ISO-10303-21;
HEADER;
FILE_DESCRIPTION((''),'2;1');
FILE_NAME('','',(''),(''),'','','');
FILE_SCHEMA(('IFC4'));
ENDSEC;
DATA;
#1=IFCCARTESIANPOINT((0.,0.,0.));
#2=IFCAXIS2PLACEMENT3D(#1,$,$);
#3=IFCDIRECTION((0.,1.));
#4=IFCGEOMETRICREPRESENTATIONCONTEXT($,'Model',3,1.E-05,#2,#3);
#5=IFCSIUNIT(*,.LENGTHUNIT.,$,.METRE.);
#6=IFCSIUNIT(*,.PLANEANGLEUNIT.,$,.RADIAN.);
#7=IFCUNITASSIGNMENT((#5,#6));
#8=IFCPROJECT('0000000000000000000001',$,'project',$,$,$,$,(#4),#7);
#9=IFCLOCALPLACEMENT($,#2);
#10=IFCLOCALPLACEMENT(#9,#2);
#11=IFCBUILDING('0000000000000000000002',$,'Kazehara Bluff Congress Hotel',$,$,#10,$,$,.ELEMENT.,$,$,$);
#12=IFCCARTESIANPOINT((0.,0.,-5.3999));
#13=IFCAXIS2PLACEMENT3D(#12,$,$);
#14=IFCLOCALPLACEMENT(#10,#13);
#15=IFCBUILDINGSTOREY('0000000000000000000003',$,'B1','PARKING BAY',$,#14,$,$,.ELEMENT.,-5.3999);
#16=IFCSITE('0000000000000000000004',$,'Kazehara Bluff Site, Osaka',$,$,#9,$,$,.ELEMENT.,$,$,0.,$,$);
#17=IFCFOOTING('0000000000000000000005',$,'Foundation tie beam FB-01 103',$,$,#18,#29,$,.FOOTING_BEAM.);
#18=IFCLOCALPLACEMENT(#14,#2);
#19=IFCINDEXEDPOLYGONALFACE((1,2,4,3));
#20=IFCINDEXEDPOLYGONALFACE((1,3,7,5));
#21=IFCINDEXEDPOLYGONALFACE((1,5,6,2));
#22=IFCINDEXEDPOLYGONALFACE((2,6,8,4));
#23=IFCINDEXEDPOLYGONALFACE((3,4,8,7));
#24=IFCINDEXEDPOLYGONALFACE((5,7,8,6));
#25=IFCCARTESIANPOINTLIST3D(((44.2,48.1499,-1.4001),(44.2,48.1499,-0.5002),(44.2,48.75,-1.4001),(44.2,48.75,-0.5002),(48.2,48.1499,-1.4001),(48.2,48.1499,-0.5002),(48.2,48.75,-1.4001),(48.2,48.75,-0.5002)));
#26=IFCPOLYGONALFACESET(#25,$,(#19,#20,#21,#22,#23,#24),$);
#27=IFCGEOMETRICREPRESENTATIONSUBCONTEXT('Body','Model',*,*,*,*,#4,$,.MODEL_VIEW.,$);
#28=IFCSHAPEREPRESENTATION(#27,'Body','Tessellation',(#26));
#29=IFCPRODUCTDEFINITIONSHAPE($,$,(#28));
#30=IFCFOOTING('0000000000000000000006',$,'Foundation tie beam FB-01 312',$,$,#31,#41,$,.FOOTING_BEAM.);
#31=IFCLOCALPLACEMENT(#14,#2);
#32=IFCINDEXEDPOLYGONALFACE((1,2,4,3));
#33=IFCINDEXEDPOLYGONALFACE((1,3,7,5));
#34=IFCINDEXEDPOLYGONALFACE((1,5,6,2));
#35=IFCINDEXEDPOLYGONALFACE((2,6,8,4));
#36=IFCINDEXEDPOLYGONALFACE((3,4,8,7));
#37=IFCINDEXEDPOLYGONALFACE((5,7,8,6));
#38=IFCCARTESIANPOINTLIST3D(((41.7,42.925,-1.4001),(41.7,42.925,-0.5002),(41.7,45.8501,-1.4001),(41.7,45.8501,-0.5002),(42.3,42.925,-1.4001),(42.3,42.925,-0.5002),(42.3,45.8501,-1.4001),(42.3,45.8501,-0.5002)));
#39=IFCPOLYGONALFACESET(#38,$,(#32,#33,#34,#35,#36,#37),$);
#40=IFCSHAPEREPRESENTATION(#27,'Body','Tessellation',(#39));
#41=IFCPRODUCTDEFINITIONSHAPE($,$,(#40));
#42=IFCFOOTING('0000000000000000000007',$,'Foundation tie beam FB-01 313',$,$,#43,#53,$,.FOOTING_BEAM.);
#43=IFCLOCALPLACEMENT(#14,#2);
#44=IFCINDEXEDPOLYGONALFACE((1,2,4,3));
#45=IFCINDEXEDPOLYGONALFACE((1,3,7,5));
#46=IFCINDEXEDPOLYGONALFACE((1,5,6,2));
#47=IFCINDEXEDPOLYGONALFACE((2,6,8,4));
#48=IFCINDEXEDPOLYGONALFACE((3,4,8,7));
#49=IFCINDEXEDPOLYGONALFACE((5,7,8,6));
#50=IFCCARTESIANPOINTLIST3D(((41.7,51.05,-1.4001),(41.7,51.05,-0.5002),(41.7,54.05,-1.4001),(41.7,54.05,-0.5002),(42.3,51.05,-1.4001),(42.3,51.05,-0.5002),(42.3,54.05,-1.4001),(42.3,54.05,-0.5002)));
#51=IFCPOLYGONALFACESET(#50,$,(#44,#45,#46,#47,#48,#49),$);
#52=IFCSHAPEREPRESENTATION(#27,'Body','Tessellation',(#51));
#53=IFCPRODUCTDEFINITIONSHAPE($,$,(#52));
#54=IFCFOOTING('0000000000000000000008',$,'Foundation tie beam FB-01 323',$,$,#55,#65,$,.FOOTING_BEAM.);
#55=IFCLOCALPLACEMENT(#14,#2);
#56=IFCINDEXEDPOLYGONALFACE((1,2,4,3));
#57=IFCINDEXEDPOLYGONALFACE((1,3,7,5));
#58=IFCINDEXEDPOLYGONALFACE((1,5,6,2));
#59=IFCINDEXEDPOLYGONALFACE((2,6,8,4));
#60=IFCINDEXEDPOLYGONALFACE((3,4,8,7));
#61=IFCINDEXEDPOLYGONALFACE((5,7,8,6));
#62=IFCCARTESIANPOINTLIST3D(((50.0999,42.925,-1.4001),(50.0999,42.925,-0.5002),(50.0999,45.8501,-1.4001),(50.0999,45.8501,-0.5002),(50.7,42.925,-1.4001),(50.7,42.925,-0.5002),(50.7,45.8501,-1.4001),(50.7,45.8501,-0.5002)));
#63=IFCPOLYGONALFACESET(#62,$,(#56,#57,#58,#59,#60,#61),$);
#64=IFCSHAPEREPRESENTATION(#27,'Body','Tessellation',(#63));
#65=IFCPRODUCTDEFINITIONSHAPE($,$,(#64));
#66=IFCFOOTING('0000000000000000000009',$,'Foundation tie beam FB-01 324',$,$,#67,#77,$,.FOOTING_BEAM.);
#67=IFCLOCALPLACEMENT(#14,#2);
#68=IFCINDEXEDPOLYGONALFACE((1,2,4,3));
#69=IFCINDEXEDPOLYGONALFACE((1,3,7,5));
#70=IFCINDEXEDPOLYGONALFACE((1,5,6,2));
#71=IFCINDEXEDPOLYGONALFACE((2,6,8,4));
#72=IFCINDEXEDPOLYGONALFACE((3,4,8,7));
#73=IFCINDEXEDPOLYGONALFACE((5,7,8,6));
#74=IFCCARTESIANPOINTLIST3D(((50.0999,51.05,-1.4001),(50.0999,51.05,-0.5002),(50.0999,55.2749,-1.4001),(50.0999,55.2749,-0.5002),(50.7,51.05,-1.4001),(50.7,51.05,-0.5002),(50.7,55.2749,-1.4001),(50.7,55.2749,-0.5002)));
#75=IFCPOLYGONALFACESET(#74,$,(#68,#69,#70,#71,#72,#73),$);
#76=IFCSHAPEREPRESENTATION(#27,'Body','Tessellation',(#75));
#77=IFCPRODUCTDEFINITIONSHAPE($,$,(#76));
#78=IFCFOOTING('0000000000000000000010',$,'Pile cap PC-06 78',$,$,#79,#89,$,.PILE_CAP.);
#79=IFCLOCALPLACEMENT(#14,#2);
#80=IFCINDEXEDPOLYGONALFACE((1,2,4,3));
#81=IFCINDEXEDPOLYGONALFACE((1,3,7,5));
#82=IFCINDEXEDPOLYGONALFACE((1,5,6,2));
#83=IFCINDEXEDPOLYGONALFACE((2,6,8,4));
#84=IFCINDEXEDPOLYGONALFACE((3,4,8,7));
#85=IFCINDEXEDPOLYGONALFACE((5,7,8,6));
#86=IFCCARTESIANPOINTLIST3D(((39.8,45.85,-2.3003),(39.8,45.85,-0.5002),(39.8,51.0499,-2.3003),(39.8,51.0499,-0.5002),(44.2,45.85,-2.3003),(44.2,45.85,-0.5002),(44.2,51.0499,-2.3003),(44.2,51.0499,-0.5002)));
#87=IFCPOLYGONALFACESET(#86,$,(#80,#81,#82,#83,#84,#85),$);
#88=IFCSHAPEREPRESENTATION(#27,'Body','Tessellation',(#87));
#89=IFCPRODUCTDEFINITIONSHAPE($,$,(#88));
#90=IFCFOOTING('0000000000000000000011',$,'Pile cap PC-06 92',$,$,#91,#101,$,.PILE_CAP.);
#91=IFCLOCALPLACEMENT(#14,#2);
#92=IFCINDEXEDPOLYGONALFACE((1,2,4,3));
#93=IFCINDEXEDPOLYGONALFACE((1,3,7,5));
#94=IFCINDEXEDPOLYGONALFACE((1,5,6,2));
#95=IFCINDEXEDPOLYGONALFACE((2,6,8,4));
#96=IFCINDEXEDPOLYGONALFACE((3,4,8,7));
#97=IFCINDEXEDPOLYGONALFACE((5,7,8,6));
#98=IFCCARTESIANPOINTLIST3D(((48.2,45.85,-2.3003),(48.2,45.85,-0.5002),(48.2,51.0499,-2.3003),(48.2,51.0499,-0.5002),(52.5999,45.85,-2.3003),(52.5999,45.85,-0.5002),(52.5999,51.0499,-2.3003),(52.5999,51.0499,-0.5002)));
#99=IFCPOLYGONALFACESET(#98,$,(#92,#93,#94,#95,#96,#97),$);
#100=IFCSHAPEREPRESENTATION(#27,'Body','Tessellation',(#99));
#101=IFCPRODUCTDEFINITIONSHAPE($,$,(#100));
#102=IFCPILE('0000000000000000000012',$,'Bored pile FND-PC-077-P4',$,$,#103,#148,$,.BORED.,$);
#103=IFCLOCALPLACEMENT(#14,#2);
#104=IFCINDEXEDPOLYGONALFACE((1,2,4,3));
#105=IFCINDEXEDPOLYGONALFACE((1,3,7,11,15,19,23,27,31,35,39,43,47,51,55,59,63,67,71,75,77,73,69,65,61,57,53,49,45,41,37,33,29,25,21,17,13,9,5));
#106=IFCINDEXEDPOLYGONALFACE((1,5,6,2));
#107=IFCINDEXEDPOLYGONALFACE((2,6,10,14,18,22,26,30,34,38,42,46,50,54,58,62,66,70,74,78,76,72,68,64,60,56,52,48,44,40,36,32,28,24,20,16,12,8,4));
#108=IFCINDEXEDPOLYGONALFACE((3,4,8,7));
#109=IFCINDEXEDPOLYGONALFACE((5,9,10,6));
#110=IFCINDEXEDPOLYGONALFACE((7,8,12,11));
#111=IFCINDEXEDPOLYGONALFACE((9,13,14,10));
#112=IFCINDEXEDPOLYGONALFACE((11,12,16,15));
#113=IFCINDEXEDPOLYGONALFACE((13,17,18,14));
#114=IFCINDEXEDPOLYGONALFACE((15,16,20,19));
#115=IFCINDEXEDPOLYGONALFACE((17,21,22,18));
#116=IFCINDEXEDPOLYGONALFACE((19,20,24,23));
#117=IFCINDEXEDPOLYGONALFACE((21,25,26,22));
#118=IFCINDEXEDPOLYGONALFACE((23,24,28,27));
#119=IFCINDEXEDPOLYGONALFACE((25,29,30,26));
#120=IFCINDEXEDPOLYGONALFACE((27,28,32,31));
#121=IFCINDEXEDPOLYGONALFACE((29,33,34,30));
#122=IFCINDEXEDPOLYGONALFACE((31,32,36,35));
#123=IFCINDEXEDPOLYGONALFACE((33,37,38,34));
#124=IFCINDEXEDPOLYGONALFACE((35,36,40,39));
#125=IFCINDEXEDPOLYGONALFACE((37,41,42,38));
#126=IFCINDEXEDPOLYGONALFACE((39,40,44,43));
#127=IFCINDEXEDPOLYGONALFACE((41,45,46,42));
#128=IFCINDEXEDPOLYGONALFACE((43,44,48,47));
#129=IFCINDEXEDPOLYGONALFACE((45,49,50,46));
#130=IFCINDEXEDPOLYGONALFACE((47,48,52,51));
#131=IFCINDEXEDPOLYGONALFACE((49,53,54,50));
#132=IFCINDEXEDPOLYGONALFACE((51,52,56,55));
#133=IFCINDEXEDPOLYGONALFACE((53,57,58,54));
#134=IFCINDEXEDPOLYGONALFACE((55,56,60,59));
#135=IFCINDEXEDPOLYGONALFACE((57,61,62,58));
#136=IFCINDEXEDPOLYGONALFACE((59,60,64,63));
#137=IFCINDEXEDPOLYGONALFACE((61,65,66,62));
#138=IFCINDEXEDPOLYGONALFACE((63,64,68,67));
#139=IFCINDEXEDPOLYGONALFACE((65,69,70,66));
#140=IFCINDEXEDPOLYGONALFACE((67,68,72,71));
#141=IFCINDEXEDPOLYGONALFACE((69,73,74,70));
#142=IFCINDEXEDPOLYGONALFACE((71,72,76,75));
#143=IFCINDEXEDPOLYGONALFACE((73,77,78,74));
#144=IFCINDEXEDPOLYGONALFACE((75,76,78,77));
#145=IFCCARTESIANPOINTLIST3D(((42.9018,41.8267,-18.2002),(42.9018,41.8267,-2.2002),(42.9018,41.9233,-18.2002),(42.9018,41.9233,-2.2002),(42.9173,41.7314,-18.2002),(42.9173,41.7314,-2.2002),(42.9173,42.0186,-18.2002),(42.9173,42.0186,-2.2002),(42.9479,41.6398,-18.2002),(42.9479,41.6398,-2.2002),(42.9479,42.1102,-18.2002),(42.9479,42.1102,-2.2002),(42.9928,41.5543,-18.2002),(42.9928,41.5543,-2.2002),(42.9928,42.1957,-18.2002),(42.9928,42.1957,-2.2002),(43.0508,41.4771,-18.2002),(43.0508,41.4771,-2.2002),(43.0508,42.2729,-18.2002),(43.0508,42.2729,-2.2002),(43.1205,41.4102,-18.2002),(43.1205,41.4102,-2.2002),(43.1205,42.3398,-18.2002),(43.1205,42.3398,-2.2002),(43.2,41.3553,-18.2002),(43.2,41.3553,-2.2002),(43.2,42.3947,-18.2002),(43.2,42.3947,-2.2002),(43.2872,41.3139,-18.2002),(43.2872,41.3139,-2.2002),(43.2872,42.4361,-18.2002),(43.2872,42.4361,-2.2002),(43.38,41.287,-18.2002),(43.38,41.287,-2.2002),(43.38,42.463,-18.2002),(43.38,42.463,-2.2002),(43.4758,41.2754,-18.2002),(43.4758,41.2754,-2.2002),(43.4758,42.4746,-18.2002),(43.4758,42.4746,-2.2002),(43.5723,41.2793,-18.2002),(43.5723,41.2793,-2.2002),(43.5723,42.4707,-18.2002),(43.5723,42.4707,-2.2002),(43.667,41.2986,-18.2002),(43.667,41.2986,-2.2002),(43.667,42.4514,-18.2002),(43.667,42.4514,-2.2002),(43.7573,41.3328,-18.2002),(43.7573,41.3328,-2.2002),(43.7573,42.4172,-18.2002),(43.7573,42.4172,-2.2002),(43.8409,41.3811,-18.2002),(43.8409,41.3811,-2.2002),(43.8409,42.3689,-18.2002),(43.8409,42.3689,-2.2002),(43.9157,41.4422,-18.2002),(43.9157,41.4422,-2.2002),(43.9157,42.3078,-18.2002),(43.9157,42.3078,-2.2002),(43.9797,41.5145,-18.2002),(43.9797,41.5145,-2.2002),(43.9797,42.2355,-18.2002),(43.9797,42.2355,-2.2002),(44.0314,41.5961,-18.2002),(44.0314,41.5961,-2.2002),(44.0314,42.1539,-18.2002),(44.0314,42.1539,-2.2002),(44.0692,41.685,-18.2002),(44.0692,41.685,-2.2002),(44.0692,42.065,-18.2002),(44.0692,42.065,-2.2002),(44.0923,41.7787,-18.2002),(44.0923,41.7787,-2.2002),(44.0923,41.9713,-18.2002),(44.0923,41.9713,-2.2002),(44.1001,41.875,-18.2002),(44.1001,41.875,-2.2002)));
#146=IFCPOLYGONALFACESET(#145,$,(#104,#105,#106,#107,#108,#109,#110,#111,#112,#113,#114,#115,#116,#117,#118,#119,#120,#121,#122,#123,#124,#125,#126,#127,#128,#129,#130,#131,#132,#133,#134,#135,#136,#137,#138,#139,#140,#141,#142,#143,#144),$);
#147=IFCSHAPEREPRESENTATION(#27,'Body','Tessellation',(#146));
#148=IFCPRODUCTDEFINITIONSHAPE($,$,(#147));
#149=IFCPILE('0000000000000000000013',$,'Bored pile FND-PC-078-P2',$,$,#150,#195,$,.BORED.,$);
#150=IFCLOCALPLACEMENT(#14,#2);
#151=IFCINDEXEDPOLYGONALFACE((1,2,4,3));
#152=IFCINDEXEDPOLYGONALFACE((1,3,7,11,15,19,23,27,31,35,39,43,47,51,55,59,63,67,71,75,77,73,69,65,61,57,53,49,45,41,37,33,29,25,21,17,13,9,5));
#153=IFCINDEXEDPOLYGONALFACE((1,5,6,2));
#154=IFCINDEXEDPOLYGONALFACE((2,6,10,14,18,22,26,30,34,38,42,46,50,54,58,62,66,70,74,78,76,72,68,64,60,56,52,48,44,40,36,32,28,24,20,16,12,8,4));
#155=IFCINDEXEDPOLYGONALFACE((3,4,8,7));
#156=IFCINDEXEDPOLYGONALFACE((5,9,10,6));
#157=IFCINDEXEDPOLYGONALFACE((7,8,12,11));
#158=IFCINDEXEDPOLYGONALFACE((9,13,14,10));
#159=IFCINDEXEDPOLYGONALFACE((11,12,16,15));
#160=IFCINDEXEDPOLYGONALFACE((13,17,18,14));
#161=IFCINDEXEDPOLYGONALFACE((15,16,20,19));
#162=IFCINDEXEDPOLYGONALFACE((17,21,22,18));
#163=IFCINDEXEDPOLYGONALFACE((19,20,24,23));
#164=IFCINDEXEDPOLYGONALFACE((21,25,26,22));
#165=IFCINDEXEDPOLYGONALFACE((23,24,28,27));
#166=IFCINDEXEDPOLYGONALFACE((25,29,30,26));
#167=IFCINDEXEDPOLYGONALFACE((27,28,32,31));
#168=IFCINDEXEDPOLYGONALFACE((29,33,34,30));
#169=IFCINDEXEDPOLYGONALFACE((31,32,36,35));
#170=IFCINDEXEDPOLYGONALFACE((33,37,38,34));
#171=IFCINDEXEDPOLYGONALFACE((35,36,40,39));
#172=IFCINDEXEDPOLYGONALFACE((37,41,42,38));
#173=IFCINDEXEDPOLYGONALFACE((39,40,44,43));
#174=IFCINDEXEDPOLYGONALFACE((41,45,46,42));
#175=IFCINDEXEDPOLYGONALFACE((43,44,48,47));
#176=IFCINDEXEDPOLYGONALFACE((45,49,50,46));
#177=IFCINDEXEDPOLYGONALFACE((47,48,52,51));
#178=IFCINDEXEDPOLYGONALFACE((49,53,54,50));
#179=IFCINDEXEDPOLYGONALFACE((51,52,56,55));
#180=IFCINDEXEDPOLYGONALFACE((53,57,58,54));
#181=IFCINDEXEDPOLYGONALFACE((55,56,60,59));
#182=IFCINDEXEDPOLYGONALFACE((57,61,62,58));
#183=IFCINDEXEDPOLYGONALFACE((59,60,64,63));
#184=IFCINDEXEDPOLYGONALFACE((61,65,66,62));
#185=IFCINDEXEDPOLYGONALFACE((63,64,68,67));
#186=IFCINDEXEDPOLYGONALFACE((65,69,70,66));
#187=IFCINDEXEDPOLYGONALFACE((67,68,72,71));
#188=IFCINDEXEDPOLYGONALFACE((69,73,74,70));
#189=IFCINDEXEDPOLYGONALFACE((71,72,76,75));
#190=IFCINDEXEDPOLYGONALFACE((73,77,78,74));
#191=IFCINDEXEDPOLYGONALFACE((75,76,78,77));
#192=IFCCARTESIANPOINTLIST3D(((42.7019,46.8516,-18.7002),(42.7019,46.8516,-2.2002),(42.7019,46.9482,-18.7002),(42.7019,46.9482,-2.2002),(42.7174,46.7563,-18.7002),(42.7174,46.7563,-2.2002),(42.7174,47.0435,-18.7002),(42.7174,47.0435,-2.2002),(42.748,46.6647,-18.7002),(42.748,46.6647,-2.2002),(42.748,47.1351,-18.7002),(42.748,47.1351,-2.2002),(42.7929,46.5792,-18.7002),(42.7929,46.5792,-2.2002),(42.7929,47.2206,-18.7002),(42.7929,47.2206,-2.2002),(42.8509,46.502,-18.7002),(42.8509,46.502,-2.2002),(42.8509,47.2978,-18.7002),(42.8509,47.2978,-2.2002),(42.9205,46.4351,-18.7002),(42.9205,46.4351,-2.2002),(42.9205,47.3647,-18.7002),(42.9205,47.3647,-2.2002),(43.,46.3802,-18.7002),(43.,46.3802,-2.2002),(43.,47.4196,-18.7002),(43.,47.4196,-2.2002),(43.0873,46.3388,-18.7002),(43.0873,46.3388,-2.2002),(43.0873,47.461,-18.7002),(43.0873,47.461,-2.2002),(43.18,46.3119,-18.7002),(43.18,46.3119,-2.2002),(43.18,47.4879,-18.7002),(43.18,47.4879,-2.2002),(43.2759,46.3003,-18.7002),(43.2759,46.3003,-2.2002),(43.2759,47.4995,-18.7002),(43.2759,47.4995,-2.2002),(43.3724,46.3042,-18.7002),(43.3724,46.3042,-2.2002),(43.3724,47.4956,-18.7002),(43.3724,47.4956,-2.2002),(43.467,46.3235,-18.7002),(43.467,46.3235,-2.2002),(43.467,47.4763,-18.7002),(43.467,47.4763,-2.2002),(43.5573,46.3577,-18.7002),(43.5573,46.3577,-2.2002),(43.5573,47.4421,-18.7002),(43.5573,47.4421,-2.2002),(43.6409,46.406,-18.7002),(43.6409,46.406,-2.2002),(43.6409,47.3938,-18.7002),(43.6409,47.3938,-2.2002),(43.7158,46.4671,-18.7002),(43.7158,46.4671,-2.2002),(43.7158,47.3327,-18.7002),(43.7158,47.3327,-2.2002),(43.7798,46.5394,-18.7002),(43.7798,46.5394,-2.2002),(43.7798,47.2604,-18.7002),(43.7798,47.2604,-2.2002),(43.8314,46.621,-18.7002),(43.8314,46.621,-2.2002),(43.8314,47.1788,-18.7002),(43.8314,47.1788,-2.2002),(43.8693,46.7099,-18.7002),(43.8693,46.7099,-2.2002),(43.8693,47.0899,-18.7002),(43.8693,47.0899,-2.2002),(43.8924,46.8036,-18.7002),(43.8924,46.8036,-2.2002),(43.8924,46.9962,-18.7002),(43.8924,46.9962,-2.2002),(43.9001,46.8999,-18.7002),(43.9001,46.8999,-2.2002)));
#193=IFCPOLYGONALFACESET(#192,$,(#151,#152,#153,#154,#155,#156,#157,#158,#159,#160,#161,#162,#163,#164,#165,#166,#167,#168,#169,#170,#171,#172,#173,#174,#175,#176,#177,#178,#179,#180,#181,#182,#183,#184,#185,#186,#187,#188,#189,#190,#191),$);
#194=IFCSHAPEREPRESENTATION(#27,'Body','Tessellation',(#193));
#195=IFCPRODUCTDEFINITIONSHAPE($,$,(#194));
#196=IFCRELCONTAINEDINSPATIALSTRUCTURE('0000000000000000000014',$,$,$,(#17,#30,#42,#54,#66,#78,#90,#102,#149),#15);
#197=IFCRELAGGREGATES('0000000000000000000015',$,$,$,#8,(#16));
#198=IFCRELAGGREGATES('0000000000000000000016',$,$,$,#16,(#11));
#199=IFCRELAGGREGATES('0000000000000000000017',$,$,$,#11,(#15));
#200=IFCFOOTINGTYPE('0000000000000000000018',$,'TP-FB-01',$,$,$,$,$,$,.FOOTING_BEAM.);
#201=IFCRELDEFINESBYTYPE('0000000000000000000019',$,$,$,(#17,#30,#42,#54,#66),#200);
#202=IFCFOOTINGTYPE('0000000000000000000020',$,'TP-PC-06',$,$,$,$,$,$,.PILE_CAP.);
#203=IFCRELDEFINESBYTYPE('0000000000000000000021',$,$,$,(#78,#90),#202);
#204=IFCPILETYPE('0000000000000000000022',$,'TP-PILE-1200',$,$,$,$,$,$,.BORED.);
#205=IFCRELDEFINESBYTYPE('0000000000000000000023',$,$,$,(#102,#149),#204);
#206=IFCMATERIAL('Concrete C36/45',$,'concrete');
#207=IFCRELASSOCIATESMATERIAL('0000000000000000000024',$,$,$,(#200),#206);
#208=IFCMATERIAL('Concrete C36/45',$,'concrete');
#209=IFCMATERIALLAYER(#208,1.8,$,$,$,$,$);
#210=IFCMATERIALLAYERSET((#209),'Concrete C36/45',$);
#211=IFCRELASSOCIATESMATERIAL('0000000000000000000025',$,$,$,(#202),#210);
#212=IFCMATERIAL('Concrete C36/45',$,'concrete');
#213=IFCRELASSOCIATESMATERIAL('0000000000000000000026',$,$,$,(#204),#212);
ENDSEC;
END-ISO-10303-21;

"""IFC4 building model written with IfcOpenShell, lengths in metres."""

from ifc_helpers import new_model, si_unit, direction, frame, origin, origin_2d, place, context, subcontext, project, spatial, rectangle, circle, extrude, material, layer, layer_set, material_profile, profile_set, type_object, element, save


model = new_model("IFC4")

# Units and contexts
model_context = context("Model", 3, precision=1e-05, world=origin(), true_north=direction((0.0, 1.0)))
body_context = subcontext(model_context, "Body", "Model", "MODEL_VIEW")
ifc_project = project(units=[si_unit("LENGTHUNIT", "METRE"), si_unit("PLANEANGLEUNIT", "RADIAN")], contexts=[model_context])

# Site, building, storey
site_placement = place(None, origin())
site = spatial("IfcSite", under=ifc_project, at=site_placement, Name="Kazehara Bluff Site, Osaka", CompositionType="ELEMENT", RefElevation=0.0)
building_placement = place(site_placement, origin())
building = spatial("IfcBuilding", under=site, at=building_placement, Name="Kazehara Bluff Congress Hotel", CompositionType="ELEMENT")
storey_placement = place(building_placement, frame((0.0, 0.0, -5.3999)))
storey = spatial("IfcBuildingStorey", under=building, at=storey_placement, Name="B1", Description="PARKING BAY", CompositionType="ELEMENT", Elevation=-5.3999)

# Footings
ifc_material_1 = material(Name="Concrete C36/45", Category="concrete")
ifc_material_profile_1 = material_profile(ifc_material_1, rectangle(XDim=0.6001, YDim=0.8999, at=origin_2d()))
ifc_profile_set_1 = profile_set([ifc_material_profile_1], Name="Concrete C36/45")
footing_type_1 = type_object("IfcFootingType", Name="TP-FB-01", PredefinedType="FOOTING_BEAM", material=ifc_profile_set_1)
footing_1_placement = place(storey_placement, frame((44.2, 48.45, -0.9502), z_axis=(1.0, 0.0, 0.0), x_axis=(0.0, 1.0, 0.0)))
element("IfcFooting", 1, at=footing_1_placement, inside=storey, type_object=footing_type_1, Name="Foundation tie beam FB-01 103", PredefinedType="FOOTING_BEAM", context=body_context, shape_type="SweptSolid", body=[
    extrude(rectangle(XDim=0.6001, YDim=0.8999, at=origin_2d()), origin(), (0.0, 0.0, 1.0), 4.0),
])
footing_2_placement = place(storey_placement, frame((42.0, 42.925, -0.9502), z_axis=(0.0, 1.0, 0.0), x_axis=(-1.0, 0.0, 0.0)))
element("IfcFooting", 2, at=footing_2_placement, inside=storey, type_object=footing_type_1, Name="Foundation tie beam FB-01 312", PredefinedType="FOOTING_BEAM", context=body_context, shape_type="SweptSolid", body=[
    extrude(rectangle(XDim=0.6001, YDim=0.8999, at=origin_2d()), origin(), (0.0, 0.0, 1.0), 2.925),
])
footing_3_placement = place(storey_placement, frame((42.0, 51.05, -0.9502), z_axis=(0.0, 1.0, 0.0), x_axis=(-1.0, 0.0, 0.0)))
element("IfcFooting", 3, at=footing_3_placement, inside=storey, type_object=footing_type_1, Name="Foundation tie beam FB-01 313", PredefinedType="FOOTING_BEAM", context=body_context, shape_type="SweptSolid", body=[
    extrude(rectangle(XDim=0.6001, YDim=0.8999, at=origin_2d()), origin(), (0.0, 0.0, 1.0), 3.0),
])
footing_4_placement = place(storey_placement, frame((50.3999, 42.925, -0.9502), z_axis=(0.0, 1.0, 0.0), x_axis=(-1.0, 0.0, 0.0)))
element("IfcFooting", 4, at=footing_4_placement, inside=storey, type_object=footing_type_1, Name="Foundation tie beam FB-01 323", PredefinedType="FOOTING_BEAM", context=body_context, shape_type="SweptSolid", body=[
    extrude(rectangle(XDim=0.6001, YDim=0.8999, at=origin_2d()), origin(), (0.0, 0.0, 1.0), 2.925),
])
footing_5_placement = place(storey_placement, frame((50.3999, 51.05, -0.9502), z_axis=(0.0, 1.0, 0.0), x_axis=(-1.0, 0.0, 0.0)))
element("IfcFooting", 5, at=footing_5_placement, inside=storey, type_object=footing_type_1, Name="Foundation tie beam FB-01 324", PredefinedType="FOOTING_BEAM", context=body_context, shape_type="SweptSolid", body=[
    extrude(rectangle(XDim=0.6001, YDim=0.8999, at=origin_2d()), origin(), (0.0, 0.0, 1.0), 4.2249),
])
ifc_material_2 = material(Name="Concrete C36/45", Category="concrete")
ifc_layer_1 = layer(ifc_material_2, 1.8)
ifc_layer_set_1 = layer_set([ifc_layer_1], Name="Concrete C36/45")
footing_type_2 = type_object("IfcFootingType", Name="TP-PC-06", PredefinedType="PILE_CAP", material=ifc_layer_set_1)
for number, where, z_axis, x_axis, name in (
    (6, (42.0, 48.45, -2.3003), (0.0, 0.0, 1.0), (1.0, 0.0, 0.0), "Pile cap PC-06 78"),
    (7, (50.3999, 48.45, -2.3003), (0.0, 0.0, 1.0), (1.0, 0.0, 0.0), "Pile cap PC-06 92"),
):
    element("IfcFooting", number, at=place(storey_placement, frame(where, z_axis=z_axis, x_axis=x_axis)), inside=storey, type_object=footing_type_2, Name=name, PredefinedType="PILE_CAP", context=body_context, shape_type="SweptSolid", body=[
        extrude(rectangle(XDim=4.3999, YDim=5.2, at=origin_2d()), origin(), (0.0, 0.0, 1.0), 1.8),
    ])

# Piles
ifc_material_3 = material(Name="Concrete C36/45", Category="concrete")
ifc_material_profile_2 = material_profile(ifc_material_3, circle(Radius=0.6001, at=origin_2d()))
ifc_profile_set_2 = profile_set([ifc_material_profile_2], Name="Concrete C36/45")
pile_type = type_object("IfcPileType", Name="TP-PILE-1200", PredefinedType="BORED", material=ifc_profile_set_2)
pile_1_placement = place(storey_placement, frame((43.5, 41.875, -2.2002), z_axis=(0.0, 0.0, -1.0), x_axis=(1.0, 0.0, 0.0)))
element("IfcPile", 8, at=pile_1_placement, inside=storey, type_object=pile_type, Name="Bored pile FND-PC-077-P4", PredefinedType="BORED", context=body_context, shape_type="SweptSolid", body=[
    extrude(circle(Radius=0.6001, at=origin_2d()), origin(), (0.0, 0.0, 1.0), 16.0),
])
for number, where, z_axis, x_axis, name in (
    (9, (43.3, 46.8999, -2.2002), (0.0, 0.0, -1.0), (1.0, 0.0, 0.0), "Bored pile FND-PC-078-P2"),
):
    element("IfcPile", number, at=place(storey_placement, frame(where, z_axis=z_axis, x_axis=x_axis)), inside=storey, type_object=pile_type, Name=name, PredefinedType="BORED", context=body_context, shape_type="SweptSolid", body=[
        extrude(circle(Radius=0.6001, at=origin_2d()), origin(), (0.0, 0.0, 1.0), 16.5),
    ])

save(model, "model.ifc")
